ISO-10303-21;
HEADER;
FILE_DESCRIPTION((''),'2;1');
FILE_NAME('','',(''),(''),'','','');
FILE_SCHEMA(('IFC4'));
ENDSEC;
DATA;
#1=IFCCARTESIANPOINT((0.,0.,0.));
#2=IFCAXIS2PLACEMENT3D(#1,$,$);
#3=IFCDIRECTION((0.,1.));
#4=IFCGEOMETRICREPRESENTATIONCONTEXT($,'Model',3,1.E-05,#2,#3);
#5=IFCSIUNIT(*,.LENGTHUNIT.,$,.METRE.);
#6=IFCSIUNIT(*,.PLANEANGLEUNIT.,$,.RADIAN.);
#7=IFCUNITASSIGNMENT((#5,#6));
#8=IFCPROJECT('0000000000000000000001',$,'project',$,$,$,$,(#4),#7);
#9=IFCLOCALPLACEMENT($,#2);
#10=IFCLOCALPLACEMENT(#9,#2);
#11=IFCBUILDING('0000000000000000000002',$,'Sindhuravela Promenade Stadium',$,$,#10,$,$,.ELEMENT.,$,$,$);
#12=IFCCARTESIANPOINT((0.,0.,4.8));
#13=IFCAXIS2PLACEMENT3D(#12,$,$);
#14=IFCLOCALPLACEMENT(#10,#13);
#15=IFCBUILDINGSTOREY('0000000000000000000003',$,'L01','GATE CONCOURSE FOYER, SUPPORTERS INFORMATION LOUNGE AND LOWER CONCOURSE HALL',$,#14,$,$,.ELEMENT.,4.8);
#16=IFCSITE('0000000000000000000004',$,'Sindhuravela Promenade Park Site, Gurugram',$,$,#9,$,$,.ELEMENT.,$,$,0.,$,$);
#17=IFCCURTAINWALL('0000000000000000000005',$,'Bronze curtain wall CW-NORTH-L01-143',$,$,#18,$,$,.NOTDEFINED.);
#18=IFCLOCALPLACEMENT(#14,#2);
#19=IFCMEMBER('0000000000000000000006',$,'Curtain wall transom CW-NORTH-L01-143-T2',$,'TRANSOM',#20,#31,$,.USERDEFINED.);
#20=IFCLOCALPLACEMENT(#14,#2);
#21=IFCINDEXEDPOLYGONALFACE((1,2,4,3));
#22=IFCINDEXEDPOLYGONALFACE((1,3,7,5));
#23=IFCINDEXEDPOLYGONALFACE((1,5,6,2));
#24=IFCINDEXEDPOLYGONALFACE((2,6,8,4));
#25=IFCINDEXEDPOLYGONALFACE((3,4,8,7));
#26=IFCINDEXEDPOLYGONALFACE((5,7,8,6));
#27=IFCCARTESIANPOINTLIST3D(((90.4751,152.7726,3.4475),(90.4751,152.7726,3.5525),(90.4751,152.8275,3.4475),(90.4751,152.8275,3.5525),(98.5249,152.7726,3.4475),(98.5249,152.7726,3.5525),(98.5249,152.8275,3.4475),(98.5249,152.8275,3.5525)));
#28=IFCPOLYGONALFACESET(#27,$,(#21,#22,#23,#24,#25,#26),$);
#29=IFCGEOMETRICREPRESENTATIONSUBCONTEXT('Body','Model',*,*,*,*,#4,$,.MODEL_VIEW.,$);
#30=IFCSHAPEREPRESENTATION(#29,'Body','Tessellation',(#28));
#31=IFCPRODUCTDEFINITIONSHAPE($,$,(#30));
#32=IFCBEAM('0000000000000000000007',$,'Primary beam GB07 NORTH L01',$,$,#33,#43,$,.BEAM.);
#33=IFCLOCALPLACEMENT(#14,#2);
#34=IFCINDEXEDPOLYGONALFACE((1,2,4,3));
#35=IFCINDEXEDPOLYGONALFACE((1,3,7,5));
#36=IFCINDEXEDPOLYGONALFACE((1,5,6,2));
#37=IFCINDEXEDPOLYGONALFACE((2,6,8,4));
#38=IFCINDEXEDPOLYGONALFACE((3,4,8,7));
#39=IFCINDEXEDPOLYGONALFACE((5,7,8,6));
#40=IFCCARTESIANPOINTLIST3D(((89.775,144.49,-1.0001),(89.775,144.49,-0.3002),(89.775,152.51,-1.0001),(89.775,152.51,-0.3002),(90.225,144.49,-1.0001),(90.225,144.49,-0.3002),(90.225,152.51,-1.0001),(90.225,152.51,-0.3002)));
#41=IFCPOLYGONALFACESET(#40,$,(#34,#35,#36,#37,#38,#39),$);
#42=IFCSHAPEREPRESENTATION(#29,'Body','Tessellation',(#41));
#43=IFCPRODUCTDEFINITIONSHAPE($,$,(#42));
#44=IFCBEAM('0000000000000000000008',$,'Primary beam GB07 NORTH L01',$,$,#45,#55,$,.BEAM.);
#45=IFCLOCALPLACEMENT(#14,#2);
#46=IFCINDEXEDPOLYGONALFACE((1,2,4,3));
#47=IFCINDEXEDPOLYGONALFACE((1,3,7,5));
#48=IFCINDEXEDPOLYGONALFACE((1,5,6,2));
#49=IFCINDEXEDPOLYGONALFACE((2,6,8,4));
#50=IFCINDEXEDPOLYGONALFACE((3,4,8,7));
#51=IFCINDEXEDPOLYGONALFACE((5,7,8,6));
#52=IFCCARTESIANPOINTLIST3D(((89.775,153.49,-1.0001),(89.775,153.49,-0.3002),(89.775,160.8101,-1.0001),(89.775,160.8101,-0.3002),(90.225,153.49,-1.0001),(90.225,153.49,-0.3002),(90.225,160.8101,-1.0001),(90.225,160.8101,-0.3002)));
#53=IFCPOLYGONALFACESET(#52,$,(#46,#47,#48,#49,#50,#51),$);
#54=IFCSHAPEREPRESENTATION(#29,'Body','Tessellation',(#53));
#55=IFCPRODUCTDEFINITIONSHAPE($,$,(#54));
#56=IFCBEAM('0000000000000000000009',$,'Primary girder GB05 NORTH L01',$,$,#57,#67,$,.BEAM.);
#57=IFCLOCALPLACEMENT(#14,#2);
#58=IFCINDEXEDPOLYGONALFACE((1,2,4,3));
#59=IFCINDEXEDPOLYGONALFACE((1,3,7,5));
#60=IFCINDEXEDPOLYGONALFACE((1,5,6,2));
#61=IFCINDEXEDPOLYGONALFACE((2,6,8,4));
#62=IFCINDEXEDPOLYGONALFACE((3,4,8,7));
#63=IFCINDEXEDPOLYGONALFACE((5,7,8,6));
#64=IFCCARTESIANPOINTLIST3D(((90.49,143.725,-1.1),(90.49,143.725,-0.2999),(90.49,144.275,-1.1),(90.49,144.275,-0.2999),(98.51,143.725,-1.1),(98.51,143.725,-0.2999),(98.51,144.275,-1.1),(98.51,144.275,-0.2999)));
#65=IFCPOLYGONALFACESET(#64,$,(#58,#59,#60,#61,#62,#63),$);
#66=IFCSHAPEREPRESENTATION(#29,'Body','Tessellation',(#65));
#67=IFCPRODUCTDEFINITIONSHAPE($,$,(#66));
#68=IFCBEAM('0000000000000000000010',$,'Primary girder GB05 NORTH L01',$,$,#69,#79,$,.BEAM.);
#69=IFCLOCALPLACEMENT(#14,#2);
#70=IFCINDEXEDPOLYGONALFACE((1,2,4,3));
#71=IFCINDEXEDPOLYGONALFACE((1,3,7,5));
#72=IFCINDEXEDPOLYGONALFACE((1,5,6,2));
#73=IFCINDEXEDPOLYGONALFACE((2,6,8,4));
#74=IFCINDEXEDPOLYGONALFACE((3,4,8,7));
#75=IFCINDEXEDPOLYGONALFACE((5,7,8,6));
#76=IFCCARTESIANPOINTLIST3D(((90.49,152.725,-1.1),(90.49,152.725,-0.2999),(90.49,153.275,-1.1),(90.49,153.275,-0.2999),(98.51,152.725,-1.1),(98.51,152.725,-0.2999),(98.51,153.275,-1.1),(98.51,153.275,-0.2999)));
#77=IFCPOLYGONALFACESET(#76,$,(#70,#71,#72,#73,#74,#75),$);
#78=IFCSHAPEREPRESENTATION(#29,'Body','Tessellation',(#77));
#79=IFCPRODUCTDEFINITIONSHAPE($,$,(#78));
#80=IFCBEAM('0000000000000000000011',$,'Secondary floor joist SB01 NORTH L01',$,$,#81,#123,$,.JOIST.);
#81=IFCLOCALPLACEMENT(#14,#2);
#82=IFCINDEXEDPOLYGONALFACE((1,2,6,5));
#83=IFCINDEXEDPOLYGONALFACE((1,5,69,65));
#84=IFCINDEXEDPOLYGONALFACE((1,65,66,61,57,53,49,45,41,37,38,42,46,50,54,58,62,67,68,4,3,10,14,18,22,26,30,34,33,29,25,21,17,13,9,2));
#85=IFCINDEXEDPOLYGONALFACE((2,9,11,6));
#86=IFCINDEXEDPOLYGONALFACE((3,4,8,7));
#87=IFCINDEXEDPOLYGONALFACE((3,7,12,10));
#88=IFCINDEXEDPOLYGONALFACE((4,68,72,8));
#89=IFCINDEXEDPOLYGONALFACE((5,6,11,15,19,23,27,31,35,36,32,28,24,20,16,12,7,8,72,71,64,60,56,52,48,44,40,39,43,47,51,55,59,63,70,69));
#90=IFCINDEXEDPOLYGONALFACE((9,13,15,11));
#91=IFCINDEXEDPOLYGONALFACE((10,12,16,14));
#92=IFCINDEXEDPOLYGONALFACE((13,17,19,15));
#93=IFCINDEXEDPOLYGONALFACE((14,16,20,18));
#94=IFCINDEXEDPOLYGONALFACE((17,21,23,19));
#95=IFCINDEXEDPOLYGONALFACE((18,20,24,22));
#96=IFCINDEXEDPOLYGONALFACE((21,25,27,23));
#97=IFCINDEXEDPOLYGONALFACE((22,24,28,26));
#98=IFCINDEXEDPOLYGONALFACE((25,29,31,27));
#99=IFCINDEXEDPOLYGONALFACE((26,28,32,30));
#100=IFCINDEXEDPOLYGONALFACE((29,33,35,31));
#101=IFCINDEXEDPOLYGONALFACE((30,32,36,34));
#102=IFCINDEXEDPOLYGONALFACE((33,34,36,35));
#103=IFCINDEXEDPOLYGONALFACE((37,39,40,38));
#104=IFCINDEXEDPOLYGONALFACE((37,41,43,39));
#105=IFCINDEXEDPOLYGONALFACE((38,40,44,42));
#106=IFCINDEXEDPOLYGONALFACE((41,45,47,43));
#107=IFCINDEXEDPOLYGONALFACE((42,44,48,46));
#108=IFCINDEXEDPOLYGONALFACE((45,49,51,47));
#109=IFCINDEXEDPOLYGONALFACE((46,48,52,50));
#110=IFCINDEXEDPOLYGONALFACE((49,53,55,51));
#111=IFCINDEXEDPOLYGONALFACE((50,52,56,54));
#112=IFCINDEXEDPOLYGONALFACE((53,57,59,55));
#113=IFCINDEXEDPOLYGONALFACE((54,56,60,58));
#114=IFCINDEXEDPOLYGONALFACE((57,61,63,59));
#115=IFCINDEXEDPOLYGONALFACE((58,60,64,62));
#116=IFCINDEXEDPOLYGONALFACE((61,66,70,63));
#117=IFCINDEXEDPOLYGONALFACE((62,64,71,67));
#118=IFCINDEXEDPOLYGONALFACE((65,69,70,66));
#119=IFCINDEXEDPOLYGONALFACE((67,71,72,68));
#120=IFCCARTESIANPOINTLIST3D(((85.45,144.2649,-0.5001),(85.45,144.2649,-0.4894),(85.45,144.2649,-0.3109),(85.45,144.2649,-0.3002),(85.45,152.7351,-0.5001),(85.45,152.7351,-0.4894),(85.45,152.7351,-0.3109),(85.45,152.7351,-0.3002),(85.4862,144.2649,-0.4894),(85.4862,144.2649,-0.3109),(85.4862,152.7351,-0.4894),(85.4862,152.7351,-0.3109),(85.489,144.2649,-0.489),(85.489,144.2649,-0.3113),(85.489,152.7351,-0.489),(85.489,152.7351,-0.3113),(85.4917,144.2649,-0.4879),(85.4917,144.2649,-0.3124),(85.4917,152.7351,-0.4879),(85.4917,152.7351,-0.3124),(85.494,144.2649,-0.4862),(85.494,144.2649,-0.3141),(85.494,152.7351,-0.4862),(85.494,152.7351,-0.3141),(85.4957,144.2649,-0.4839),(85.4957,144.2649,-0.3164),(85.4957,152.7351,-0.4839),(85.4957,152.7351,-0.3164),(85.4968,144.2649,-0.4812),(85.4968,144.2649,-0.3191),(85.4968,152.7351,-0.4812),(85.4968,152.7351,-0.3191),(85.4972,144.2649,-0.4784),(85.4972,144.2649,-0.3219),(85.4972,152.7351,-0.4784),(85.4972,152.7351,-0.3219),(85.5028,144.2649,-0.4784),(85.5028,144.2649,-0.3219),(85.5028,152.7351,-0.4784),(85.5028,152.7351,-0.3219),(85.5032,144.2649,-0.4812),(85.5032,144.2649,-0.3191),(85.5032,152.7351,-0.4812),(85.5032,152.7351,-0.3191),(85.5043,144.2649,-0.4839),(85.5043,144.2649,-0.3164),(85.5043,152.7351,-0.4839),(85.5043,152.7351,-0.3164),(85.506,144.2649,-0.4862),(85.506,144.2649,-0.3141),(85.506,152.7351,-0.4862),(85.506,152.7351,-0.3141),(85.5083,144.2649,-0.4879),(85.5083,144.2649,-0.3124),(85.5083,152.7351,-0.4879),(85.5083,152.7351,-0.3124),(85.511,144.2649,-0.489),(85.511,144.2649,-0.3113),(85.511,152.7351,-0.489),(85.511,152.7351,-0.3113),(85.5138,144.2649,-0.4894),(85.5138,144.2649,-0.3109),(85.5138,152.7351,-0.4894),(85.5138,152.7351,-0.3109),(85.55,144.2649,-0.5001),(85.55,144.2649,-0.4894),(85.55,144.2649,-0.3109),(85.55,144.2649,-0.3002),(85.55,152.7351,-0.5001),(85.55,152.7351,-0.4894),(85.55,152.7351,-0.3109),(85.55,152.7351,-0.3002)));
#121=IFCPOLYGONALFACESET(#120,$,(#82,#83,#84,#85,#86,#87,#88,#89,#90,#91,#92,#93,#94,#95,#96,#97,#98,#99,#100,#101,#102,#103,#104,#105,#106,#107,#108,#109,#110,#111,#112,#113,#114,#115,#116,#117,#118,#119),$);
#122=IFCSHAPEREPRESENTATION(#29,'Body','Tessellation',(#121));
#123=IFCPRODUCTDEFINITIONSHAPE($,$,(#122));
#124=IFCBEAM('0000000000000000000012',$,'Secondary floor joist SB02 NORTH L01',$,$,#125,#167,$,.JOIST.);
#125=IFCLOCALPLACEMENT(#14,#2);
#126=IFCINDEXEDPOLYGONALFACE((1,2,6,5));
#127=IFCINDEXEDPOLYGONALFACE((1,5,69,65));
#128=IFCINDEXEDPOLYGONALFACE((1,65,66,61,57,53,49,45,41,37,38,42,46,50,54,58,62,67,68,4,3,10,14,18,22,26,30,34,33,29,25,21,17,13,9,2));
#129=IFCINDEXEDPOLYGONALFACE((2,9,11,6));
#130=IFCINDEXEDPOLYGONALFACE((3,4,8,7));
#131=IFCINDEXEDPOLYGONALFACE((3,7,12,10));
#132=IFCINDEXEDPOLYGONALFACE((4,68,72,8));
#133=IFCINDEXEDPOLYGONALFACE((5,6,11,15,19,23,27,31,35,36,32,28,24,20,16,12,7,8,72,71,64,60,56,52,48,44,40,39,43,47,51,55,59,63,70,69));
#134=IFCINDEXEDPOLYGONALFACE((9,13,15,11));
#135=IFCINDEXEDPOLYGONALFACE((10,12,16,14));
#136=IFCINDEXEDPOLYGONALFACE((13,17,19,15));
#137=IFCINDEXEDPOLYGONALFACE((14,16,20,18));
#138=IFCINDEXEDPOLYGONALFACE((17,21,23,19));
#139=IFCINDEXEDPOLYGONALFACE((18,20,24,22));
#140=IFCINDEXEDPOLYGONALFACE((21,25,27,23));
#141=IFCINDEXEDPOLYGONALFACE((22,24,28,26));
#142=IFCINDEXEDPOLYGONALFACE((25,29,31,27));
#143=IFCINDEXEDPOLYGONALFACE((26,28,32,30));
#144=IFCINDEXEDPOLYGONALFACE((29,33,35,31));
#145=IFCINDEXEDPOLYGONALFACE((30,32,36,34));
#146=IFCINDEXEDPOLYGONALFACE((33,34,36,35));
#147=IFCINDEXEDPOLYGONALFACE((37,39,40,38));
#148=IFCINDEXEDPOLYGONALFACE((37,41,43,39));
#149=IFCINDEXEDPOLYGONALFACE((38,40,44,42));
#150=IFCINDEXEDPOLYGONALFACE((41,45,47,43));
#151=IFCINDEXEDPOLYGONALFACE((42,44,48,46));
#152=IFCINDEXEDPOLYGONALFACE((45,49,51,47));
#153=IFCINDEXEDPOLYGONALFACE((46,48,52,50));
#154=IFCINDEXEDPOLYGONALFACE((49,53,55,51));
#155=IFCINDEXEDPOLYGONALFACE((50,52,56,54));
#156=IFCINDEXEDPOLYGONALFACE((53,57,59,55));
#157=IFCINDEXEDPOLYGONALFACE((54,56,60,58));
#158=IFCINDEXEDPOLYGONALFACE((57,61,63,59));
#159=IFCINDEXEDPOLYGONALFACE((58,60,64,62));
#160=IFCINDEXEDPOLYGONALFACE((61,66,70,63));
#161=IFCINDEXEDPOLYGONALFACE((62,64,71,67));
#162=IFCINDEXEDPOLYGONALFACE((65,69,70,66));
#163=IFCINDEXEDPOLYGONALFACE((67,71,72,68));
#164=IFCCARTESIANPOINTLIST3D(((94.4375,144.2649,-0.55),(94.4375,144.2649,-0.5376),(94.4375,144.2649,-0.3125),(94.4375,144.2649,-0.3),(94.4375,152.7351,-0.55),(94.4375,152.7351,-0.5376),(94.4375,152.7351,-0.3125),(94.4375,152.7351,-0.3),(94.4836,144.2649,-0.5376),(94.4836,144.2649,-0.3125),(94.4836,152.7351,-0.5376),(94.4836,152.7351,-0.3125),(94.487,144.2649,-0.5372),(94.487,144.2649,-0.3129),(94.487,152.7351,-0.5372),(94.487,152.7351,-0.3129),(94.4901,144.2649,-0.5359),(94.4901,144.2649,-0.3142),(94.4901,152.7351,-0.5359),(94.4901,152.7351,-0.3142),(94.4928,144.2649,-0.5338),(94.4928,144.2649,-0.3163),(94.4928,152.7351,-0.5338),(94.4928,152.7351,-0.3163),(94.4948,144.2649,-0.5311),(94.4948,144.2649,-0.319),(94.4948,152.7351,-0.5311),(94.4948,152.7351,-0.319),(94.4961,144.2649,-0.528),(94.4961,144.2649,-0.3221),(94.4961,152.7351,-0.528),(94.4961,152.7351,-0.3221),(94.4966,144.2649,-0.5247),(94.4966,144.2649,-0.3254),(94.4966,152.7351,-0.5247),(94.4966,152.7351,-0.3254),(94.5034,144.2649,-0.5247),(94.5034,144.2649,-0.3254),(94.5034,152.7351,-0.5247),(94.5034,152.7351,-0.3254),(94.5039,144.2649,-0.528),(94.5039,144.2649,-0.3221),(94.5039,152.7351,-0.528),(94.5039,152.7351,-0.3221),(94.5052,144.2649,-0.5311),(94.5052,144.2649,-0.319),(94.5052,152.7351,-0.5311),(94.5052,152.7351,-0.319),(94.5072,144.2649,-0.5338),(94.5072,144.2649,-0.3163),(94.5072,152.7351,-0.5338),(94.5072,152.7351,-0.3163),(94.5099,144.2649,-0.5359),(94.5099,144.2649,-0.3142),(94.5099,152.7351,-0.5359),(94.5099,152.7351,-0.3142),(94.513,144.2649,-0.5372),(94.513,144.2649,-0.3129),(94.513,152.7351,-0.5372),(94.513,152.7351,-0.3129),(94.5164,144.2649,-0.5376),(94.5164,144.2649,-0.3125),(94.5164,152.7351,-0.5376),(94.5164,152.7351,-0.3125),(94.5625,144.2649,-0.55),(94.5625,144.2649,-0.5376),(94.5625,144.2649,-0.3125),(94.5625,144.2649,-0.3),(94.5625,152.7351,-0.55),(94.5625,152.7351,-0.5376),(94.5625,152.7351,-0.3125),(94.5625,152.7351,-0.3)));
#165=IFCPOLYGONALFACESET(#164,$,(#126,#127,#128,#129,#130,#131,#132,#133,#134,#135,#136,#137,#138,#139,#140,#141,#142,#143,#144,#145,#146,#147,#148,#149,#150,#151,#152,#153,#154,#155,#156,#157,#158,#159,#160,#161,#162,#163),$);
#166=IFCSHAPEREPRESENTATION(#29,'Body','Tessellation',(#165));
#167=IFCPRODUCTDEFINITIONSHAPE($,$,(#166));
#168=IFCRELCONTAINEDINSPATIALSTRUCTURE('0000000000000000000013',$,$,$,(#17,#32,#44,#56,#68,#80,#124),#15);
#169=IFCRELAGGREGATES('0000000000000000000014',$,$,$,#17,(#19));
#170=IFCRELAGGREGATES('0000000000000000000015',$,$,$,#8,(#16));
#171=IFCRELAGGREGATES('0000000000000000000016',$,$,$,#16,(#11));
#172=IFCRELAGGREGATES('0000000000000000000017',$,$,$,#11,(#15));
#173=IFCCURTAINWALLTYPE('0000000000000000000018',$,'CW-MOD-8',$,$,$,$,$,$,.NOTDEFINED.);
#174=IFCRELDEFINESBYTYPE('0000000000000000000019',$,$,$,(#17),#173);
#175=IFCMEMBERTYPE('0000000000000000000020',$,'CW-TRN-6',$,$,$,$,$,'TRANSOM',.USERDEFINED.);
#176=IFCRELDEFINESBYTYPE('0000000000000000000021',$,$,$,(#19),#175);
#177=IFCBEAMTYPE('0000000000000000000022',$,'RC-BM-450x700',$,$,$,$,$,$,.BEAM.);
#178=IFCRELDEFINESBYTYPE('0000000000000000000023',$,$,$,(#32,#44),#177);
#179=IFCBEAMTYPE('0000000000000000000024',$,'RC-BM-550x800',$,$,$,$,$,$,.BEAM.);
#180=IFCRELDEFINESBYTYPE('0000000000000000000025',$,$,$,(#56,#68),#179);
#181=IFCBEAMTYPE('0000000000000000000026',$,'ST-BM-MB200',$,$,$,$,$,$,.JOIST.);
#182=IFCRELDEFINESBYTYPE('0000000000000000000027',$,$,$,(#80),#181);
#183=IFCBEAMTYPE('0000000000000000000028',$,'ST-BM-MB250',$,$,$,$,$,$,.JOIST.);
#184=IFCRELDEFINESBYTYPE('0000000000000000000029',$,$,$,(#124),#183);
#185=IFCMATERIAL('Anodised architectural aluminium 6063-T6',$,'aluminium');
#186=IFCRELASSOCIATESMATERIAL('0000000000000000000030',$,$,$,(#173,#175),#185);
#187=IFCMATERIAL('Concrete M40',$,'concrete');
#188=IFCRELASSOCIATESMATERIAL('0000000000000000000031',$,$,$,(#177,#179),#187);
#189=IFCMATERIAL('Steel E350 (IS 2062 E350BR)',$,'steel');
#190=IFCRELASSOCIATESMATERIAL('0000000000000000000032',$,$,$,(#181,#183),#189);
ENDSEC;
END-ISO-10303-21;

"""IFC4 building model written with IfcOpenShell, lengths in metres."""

from ifc_helpers import new_model, si_unit, direction, frame, origin, origin_2d, place, context, subcontext, project, spatial, rectangle, i_section, extrude, material, material_profile, profile_set, type_object, element, aggregate, save


model = new_model("IFC4")

# Units and contexts
model_context = context("Model", 3, precision=1e-05, world=origin(), true_north=direction((0.0, 1.0)))
body_context = subcontext(model_context, "Body", "Model", "MODEL_VIEW")
ifc_project = project(units=[si_unit("LENGTHUNIT", "METRE"), si_unit("PLANEANGLEUNIT", "RADIAN")], contexts=[model_context])

# Site, building, storey
site_placement = place(None, origin())
site = spatial("IfcSite", under=ifc_project, at=site_placement, Name="Sindhuravela Promenade Park Site, Gurugram", CompositionType="ELEMENT", RefElevation=0.0)
building_placement = place(site_placement, origin())
building = spatial("IfcBuilding", under=site, at=building_placement, Name="Sindhuravela Promenade Stadium", CompositionType="ELEMENT")
storey_placement = place(building_placement, frame((0.0, 0.0, 4.8)))
storey = spatial("IfcBuildingStorey", under=building, at=storey_placement, Name="L01", Description="GATE CONCOURSE FOYER, SUPPORTERS INFORMATION LOUNGE AND LOWER CONCOURSE HALL", CompositionType="ELEMENT", Elevation=4.8)

# Shared definitions
ifc_material_1 = material(Name="Concrete M40", Category="concrete")

# Curtain wall
ifc_material_2 = material(Name="Anodised architectural aluminium 6063-T6", Category="aluminium")
curtain_wall_type_1 = type_object("IfcCurtainWallType", Name="CW-MOD-8", PredefinedType="NOTDEFINED", material=ifc_material_2)
curtain_wall_1_placement = place(storey_placement, origin())
curtain_wall_1 = element("IfcCurtainWall", 1, at=curtain_wall_1_placement, inside=storey, type_object=curtain_wall_type_1, Name="Bronze curtain wall CW-NORTH-L01-143", PredefinedType="NOTDEFINED")

# Member
ifc_material_profile_1 = material_profile(ifc_material_2, rectangle(XDim=0.0549, YDim=0.105, at=origin_2d()), Name="ALU T55x105")
ifc_profile_set_1 = profile_set([ifc_material_profile_1], Name="Anodised architectural aluminium 6063-T6")
member_type_1 = type_object("IfcMemberType", Name="CW-TRN-6", ElementType="TRANSOM", PredefinedType="USERDEFINED", material=ifc_profile_set_1)
member_1_placement = place(storey_placement, frame((90.4751, 152.8, 3.5), z_axis=(1.0, 0.0, 0.0), x_axis=(0.0, 1.0, 0.0)))
member_1 = element("IfcMember", 2, at=member_1_placement, type_object=member_type_1, Name="Curtain wall transom CW-NORTH-L01-143-T2", ObjectType="TRANSOM", PredefinedType="USERDEFINED", context=body_context, shape_type="SweptSolid", body=[
    extrude(rectangle(XDim=0.0549, YDim=0.105, at=origin_2d()), origin(), (0.0, 0.0, 1.0), 8.0498),
])

# Beams
ifc_material_profile_2 = material_profile(ifc_material_1, rectangle(XDim=0.45, YDim=0.7, at=origin_2d()), Name="RC 450x700")
ifc_profile_set_2 = profile_set([ifc_material_profile_2], Name="Concrete M40")
beam_type_1 = type_object("IfcBeamType", Name="RC-BM-450x700", PredefinedType="BEAM", material=ifc_profile_set_2)
beam_1_placement = place(storey_placement, frame((90.0, 144.49, -0.6501), z_axis=(0.0, 1.0, 0.0), x_axis=(-1.0, 0.0, 0.0)))
element("IfcBeam", 3, at=beam_1_placement, inside=storey, type_object=beam_type_1, Name="Primary beam GB07 NORTH L01", PredefinedType="BEAM", context=body_context, shape_type="SweptSolid", body=[
    extrude(rectangle(XDim=0.45, YDim=0.7, at=origin_2d()), origin(), (0.0, 0.0, 1.0), 8.02),
])
beam_2_placement = place(storey_placement, frame((90.0, 153.49, -0.6501), z_axis=(0.0, 1.0, 0.0), x_axis=(-1.0, 0.0, 0.0)))
element("IfcBeam", 4, at=beam_2_placement, inside=storey, type_object=beam_type_1, Name="Primary beam GB07 NORTH L01", PredefinedType="BEAM", context=body_context, shape_type="SweptSolid", body=[
    extrude(rectangle(XDim=0.45, YDim=0.7, at=origin_2d()), origin(), (0.0, 0.0, 1.0), 7.3201),
])
ifc_material_profile_3 = material_profile(ifc_material_1, rectangle(XDim=0.55, YDim=0.8, at=origin_2d()), Name="RC 550x800")
ifc_profile_set_3 = profile_set([ifc_material_profile_3], Name="Concrete M40")
beam_type_2 = type_object("IfcBeamType", Name="RC-BM-550x800", PredefinedType="BEAM", material=ifc_profile_set_3)
for number, where, z_axis, x_axis, name in (
    (5, (90.49, 144.0, -0.7), (1.0, 0.0, 0.0), (0.0, 1.0, 0.0), "Primary girder GB05 NORTH L01"),
    (6, (90.49, 153.0, -0.7), (1.0, 0.0, 0.0), (0.0, 1.0, 0.0), "Primary girder GB05 NORTH L01"),
):
    element("IfcBeam", number, at=place(storey_placement, frame(where, z_axis=z_axis, x_axis=x_axis)), inside=storey, type_object=beam_type_2, Name=name, PredefinedType="BEAM", context=body_context, shape_type="SweptSolid", body=[
        extrude(rectangle(XDim=0.55, YDim=0.8, at=origin_2d()), origin(), (0.0, 0.0, 1.0), 8.02),
    ])
ifc_material_3 = material(Name="Steel E350 (IS 2062 E350BR)", Category="steel")
ifc_material_profile_4 = material_profile(ifc_material_3, i_section(OverallWidth=0.1001, OverallDepth=0.2, WebThickness=0.0056, FlangeThickness=0.0107, FilletRadius=0.011, at=origin_2d()), Name="ISMB 200")
ifc_profile_set_4 = profile_set([ifc_material_profile_4], Name="Steel E350 (IS 2062 E350BR)")
beam_type_3 = type_object("IfcBeamType", Name="ST-BM-MB200", PredefinedType="JOIST", material=ifc_profile_set_4)
beam_3_placement = place(storey_placement, frame((85.5, 144.2649, -0.4001), z_axis=(0.0, 1.0, 0.0), x_axis=(-1.0, 0.0, 0.0)))
element("IfcBeam", 7, at=beam_3_placement, inside=storey, type_object=beam_type_3, Name="Secondary floor joist SB01 NORTH L01", PredefinedType="JOIST", context=body_context, shape_type="SweptSolid", body=[
    extrude(i_section(OverallWidth=0.1001, OverallDepth=0.2, WebThickness=0.0056, FlangeThickness=0.0107, FilletRadius=0.011, at=origin_2d()), origin(), (0.0, 0.0, 1.0), 8.4702),
])
ifc_material_profile_5 = material_profile(ifc_material_3, i_section(OverallWidth=0.125, OverallDepth=0.25, WebThickness=0.0068, FlangeThickness=0.0125, FilletRadius=0.0129, at=origin_2d()), Name="ISMB 250")
ifc_profile_set_5 = profile_set([ifc_material_profile_5], Name="Steel E350 (IS 2062 E350BR)")
beam_type_4 = type_object("IfcBeamType", Name="ST-BM-MB250", PredefinedType="JOIST", material=ifc_profile_set_5)
beam_4_placement = place(storey_placement, frame((94.5, 144.2649, -0.425), z_axis=(0.0, 1.0, 0.0), x_axis=(-1.0, 0.0, 0.0)))
element("IfcBeam", 8, at=beam_4_placement, inside=storey, type_object=beam_type_4, Name="Secondary floor joist SB02 NORTH L01", PredefinedType="JOIST", context=body_context, shape_type="SweptSolid", body=[
    extrude(i_section(OverallWidth=0.125, OverallDepth=0.25, WebThickness=0.0068, FlangeThickness=0.0125, FilletRadius=0.0129, at=origin_2d()), origin(), (0.0, 0.0, 1.0), 8.4702),
])

aggregate(curtain_wall_1, [member_1])

save(model, "model.ifc")
